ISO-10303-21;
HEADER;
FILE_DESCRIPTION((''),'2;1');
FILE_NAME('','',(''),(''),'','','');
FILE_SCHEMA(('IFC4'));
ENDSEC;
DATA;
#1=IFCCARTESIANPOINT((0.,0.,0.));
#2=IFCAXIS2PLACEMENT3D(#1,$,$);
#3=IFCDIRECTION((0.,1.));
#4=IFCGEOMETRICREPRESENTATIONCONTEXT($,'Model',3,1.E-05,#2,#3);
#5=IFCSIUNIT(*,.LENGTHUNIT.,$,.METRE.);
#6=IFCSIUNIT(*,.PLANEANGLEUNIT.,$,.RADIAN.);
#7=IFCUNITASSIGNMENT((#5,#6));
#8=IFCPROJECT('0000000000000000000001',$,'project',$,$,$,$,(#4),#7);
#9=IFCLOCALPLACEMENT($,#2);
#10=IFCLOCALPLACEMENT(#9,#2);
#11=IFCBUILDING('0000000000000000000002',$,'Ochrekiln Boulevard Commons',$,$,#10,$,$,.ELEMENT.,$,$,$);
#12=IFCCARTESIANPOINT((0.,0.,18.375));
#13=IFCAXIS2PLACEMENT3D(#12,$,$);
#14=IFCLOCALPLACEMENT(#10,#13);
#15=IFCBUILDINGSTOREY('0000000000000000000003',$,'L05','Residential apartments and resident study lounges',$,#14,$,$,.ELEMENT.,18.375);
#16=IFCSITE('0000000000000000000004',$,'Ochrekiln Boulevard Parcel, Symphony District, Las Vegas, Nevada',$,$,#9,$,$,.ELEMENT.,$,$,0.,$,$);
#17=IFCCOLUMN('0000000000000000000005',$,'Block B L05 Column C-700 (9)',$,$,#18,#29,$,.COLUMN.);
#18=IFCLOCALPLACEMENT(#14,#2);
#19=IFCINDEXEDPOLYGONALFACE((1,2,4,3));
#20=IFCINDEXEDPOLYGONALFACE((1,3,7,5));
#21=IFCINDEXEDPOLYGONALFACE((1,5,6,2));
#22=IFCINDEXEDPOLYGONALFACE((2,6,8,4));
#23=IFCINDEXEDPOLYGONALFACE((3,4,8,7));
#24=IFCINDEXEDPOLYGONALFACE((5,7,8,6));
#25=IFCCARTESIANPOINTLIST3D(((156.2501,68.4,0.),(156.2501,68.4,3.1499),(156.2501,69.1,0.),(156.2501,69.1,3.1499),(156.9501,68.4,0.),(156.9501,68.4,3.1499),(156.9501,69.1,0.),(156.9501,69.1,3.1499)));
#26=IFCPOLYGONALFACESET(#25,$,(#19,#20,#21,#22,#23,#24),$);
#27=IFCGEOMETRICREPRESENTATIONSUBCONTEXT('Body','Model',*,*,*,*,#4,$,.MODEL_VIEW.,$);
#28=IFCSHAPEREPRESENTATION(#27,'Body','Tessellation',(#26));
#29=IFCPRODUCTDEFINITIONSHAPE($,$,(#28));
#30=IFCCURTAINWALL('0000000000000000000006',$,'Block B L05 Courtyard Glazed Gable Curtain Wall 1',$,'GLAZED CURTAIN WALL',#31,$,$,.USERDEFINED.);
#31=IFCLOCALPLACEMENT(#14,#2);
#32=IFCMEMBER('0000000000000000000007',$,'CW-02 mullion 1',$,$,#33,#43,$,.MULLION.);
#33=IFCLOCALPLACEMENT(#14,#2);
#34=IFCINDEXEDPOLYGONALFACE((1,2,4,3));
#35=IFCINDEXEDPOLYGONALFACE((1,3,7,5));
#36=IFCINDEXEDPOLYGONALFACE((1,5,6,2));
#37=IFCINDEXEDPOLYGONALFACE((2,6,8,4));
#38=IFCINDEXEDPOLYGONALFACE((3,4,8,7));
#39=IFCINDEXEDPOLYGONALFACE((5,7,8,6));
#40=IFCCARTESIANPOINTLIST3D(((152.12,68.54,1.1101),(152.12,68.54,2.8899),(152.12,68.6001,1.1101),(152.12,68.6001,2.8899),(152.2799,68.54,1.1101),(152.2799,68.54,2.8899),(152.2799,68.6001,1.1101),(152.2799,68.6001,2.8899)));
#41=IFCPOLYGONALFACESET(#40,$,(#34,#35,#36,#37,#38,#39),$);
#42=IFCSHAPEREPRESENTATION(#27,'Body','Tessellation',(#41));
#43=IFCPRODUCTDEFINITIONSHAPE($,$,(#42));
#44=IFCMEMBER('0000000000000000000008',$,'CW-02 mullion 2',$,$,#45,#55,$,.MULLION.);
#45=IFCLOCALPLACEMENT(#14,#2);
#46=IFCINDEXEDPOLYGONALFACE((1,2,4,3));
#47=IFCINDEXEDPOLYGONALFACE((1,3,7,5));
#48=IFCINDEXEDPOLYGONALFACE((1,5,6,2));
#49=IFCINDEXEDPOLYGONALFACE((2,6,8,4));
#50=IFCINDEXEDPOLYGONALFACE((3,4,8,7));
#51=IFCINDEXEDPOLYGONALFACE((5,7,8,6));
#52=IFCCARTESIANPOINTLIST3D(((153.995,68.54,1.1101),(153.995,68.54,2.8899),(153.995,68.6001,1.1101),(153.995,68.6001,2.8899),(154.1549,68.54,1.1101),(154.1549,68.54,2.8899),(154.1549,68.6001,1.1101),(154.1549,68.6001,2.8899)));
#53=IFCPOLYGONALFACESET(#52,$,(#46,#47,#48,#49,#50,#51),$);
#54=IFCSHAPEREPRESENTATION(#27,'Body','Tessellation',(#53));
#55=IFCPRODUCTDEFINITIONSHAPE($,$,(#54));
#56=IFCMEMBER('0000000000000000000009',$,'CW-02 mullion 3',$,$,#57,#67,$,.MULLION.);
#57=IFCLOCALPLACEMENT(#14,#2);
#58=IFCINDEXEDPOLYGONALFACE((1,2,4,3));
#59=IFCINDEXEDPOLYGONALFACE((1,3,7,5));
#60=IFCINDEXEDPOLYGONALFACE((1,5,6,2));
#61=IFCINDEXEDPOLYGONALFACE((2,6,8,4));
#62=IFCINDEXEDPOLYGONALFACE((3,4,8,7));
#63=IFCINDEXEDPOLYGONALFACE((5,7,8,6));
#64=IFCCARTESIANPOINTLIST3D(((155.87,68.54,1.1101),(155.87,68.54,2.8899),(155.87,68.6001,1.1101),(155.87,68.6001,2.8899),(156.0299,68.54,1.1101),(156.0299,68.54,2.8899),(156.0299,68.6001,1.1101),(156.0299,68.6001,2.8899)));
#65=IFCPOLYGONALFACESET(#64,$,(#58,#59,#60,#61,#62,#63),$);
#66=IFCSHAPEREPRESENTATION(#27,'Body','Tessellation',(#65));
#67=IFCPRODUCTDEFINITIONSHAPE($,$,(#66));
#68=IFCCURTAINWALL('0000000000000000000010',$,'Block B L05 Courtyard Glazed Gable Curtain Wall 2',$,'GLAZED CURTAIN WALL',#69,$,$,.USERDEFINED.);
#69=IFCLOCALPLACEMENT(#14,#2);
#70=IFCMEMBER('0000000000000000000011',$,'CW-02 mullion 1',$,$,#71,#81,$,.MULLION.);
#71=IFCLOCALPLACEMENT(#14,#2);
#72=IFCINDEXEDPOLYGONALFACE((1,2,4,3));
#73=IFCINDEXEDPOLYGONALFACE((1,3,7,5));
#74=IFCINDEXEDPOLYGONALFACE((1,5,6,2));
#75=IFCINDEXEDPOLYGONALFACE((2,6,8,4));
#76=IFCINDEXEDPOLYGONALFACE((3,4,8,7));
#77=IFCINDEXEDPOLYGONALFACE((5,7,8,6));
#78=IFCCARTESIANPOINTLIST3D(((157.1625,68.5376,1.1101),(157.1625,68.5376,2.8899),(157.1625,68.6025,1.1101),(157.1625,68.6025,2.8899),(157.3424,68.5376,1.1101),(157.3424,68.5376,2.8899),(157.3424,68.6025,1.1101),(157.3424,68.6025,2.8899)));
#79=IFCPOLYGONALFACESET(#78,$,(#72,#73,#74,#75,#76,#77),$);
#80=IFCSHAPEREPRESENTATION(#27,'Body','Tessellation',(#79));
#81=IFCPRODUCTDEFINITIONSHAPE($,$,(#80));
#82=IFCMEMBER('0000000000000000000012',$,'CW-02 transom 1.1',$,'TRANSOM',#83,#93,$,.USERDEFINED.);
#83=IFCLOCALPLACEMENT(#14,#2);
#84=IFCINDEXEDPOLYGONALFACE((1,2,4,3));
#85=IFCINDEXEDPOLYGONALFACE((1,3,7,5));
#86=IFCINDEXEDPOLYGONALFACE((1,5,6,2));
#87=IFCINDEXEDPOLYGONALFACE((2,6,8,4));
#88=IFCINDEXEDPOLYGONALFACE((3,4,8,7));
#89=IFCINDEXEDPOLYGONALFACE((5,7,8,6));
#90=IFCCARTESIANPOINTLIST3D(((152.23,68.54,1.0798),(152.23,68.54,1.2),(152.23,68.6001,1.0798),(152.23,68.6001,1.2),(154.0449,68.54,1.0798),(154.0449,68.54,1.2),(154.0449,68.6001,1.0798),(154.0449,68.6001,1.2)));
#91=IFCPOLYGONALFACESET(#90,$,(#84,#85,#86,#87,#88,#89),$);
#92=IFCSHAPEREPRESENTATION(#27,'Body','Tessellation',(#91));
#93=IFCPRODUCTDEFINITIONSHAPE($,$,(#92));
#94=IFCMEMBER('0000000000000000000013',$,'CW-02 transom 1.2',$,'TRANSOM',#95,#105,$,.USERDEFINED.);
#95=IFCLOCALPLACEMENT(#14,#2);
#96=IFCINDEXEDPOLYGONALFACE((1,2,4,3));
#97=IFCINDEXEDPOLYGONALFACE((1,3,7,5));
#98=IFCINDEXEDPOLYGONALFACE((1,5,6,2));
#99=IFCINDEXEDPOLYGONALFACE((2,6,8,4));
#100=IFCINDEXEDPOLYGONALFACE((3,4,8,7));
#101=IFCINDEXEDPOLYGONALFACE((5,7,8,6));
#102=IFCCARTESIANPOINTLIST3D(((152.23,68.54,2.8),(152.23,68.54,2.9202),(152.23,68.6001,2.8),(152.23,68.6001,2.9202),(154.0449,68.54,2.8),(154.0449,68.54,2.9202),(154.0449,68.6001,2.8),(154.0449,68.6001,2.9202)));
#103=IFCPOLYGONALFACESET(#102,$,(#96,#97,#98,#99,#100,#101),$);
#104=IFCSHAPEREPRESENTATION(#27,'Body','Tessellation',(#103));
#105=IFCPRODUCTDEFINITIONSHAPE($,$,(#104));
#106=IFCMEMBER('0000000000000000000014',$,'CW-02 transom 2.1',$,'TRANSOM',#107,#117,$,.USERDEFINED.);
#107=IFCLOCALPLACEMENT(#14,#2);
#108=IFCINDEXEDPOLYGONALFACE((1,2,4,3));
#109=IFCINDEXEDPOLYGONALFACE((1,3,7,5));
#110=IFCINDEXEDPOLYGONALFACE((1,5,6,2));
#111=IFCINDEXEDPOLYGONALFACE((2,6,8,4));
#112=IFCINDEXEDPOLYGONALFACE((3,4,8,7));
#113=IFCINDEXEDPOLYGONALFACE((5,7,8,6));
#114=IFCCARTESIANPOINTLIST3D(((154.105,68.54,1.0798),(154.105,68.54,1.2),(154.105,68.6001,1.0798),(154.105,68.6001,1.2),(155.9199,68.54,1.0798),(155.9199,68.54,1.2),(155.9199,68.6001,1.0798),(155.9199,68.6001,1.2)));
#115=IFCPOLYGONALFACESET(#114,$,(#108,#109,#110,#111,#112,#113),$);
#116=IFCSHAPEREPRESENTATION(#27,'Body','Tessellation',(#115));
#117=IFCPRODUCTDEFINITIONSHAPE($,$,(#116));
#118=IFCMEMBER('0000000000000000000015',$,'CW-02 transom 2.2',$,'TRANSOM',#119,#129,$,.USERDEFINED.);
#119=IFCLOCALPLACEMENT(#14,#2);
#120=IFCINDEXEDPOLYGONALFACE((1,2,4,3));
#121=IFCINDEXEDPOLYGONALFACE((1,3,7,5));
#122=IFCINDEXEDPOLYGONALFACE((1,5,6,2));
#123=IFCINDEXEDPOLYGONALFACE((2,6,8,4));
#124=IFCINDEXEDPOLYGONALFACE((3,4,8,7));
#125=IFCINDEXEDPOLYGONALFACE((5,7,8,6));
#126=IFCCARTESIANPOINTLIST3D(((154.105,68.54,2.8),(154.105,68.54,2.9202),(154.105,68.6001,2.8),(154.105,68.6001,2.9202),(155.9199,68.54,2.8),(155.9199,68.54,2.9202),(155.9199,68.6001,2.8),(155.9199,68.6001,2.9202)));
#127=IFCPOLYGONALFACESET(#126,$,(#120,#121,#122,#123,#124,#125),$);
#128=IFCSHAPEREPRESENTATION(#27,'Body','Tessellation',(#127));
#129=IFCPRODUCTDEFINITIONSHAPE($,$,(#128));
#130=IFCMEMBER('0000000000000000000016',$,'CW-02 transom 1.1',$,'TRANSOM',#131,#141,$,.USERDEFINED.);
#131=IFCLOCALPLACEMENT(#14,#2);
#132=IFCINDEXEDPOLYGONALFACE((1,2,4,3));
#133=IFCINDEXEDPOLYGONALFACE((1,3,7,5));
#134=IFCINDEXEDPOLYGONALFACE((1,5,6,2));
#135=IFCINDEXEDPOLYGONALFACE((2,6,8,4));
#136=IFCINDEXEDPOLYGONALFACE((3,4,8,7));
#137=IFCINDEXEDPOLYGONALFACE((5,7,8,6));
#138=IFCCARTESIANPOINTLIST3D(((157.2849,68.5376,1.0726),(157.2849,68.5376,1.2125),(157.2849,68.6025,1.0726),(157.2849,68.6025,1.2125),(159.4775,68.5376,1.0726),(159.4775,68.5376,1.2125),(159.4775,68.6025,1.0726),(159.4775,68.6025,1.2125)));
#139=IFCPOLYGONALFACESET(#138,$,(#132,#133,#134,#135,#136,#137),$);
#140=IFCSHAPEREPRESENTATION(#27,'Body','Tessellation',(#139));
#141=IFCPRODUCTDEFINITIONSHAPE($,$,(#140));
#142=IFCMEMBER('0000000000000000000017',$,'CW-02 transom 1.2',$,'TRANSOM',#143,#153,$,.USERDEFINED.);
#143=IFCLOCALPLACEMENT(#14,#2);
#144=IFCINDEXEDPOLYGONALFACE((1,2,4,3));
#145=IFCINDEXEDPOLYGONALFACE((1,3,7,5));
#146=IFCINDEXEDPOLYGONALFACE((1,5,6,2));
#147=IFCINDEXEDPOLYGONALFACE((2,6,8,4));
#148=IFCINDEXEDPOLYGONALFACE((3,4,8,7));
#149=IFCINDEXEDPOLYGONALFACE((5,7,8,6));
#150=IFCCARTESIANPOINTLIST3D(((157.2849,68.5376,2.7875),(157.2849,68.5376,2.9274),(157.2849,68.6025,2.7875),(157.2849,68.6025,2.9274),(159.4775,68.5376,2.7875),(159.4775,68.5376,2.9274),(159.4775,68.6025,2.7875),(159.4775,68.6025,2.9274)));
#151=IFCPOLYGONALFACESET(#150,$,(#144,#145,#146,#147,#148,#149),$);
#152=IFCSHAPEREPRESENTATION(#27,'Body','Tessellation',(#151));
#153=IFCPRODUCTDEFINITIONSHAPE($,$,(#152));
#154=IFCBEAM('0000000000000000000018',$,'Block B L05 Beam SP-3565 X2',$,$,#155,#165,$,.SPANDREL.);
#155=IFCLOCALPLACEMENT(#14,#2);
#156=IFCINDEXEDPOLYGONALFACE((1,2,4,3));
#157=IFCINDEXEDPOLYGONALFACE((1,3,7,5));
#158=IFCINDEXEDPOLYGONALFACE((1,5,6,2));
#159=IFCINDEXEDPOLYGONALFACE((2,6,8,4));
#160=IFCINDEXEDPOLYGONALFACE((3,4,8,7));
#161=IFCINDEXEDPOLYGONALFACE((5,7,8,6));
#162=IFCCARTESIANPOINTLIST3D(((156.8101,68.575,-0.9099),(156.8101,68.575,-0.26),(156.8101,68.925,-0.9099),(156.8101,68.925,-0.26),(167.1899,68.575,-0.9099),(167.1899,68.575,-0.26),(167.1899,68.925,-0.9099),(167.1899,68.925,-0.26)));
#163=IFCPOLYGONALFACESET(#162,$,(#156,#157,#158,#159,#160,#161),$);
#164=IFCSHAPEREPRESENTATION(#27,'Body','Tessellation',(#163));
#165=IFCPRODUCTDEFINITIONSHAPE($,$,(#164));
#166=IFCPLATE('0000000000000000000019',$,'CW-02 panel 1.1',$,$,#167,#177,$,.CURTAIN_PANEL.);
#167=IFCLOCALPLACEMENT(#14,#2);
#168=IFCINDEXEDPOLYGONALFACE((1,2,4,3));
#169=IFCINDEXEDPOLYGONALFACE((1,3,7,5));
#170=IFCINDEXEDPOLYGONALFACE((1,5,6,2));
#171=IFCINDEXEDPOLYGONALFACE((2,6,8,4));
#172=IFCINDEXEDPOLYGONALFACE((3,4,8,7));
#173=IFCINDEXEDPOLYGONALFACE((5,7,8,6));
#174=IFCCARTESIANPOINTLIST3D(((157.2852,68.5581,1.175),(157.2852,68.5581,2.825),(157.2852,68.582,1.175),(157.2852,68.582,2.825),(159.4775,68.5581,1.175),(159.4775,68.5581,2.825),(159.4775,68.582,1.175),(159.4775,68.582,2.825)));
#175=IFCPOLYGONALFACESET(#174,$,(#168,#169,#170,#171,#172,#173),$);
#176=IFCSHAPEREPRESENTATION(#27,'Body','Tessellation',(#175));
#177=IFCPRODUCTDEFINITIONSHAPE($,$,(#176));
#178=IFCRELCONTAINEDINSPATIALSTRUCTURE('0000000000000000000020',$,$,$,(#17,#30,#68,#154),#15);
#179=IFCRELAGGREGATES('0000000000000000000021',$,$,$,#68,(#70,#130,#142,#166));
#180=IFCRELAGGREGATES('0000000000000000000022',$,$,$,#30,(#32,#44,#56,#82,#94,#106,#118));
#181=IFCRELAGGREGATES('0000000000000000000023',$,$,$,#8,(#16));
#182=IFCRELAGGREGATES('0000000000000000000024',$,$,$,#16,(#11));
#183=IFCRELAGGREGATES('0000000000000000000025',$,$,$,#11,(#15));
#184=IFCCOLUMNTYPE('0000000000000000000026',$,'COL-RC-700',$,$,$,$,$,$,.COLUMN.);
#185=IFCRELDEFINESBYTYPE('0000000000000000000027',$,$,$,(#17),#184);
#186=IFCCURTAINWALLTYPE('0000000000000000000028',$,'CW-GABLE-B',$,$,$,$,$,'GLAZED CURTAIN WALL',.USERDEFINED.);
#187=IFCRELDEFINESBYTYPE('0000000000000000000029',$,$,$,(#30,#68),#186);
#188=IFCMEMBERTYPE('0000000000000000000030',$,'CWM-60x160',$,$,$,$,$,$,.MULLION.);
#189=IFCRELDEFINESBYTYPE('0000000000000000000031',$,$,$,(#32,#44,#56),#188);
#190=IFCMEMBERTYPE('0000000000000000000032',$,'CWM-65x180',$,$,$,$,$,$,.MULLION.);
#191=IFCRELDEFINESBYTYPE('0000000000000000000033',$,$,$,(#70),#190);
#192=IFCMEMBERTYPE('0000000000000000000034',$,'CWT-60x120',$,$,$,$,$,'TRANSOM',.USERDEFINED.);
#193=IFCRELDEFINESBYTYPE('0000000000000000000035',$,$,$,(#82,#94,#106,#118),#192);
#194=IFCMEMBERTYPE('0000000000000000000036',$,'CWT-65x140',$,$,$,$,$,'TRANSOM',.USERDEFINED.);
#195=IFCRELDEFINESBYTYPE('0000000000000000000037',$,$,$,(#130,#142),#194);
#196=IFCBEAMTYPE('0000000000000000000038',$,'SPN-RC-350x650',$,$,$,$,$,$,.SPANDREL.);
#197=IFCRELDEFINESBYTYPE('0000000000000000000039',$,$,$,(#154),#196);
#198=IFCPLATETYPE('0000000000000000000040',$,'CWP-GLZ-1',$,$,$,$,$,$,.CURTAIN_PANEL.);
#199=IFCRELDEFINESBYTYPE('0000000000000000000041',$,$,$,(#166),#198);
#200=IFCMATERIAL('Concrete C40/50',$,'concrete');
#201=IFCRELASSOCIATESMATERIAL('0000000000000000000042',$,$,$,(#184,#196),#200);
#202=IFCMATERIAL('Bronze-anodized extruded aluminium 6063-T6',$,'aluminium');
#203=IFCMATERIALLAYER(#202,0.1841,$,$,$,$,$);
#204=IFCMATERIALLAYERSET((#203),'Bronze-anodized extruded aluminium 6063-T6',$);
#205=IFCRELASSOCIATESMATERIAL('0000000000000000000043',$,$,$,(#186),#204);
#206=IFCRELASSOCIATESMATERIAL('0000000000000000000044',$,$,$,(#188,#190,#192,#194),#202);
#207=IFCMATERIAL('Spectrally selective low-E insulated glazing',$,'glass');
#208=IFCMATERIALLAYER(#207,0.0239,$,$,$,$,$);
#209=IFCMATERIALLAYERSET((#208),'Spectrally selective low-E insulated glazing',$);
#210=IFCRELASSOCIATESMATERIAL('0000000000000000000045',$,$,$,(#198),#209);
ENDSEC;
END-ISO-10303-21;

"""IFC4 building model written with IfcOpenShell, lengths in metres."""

from ifc_helpers import new_model, si_unit, direction, frame, origin, origin_2d, place, context, subcontext, project, spatial, rectangle, extrude, material, layer, layer_set, material_profile, profile_set, type_object, element, aggregate, save


model = new_model("IFC4")

# Units and contexts
model_context = context("Model", 3, precision=1e-05, world=origin(), true_north=direction((0.0, 1.0)))
body_context = subcontext(model_context, "Body", "Model", "MODEL_VIEW")
ifc_project = project(units=[si_unit("LENGTHUNIT", "METRE"), si_unit("PLANEANGLEUNIT", "RADIAN")], contexts=[model_context])

# Site, building, storey
site_placement = place(None, origin())
site = spatial("IfcSite", under=ifc_project, at=site_placement, Name="Ochrekiln Boulevard Parcel, Symphony District, Las Vegas, Nevada", CompositionType="ELEMENT", RefElevation=0.0)
building_placement = place(site_placement, origin())
building = spatial("IfcBuilding", under=site, at=building_placement, Name="Ochrekiln Boulevard Commons", CompositionType="ELEMENT")
storey_placement = place(building_placement, frame((0.0, 0.0, 18.375)))
storey = spatial("IfcBuildingStorey", under=building, at=storey_placement, Name="L05", Description="Residential apartments and resident study lounges", CompositionType="ELEMENT", Elevation=18.375)

# Column
ifc_material_1 = material(Name="Concrete C40/50", Category="concrete")
ifc_material_profile_1 = material_profile(ifc_material_1, rectangle(XDim=0.7, YDim=0.7, at=origin_2d()), Name="RC-COL-700x700")
ifc_profile_set_1 = profile_set([ifc_material_profile_1], Name="Concrete C40/50")
column_type = type_object("IfcColumnType", Name="COL-RC-700", PredefinedType="COLUMN", material=ifc_profile_set_1)
column_placement = place(storey_placement, frame((156.6001, 68.75, 0.0), z_axis=(0.0, 0.0, 1.0), x_axis=(1.0, 0.0, 0.0)))
element("IfcColumn", 1, at=column_placement, inside=storey, type_object=column_type, Name="Block B L05 Column C-700 (9)", PredefinedType="COLUMN", context=body_context, shape_type="SweptSolid", body=[
    extrude(rectangle(XDim=0.7, YDim=0.7, at=origin_2d()), origin(), (0.0, 0.0, 1.0), 3.1499),
])

# Curtain wall, members
ifc_material_2 = material(Name="Bronze-anodized extruded aluminium 6063-T6", Category="aluminium")
ifc_layer_1 = layer(ifc_material_2, 0.1841)
ifc_layer_set_1 = layer_set([ifc_layer_1], Name="Bronze-anodized extruded aluminium 6063-T6")
curtain_wall_type = type_object("IfcCurtainWallType", Name="CW-GABLE-B", ElementType="GLAZED CURTAIN WALL", PredefinedType="USERDEFINED", material=ifc_layer_set_1)
curtain_wall_1_placement = place(storey_placement, origin())
curtain_wall_1 = element("IfcCurtainWall", 2, at=curtain_wall_1_placement, inside=storey, type_object=curtain_wall_type, Name="Block B L05 Courtyard Glazed Gable Curtain Wall 1", ObjectType="GLAZED CURTAIN WALL", PredefinedType="USERDEFINED")
ifc_material_profile_2 = material_profile(ifc_material_2, rectangle(XDim=0.0601, YDim=0.1599, at=origin_2d()), Name="ALU-MUL-60x160")
ifc_profile_set_2 = profile_set([ifc_material_profile_2], Name="Bronze-anodized extruded aluminium 6063-T6")
member_type_1 = type_object("IfcMemberType", Name="CWM-60x160", PredefinedType="MULLION", material=ifc_profile_set_2)
member_1_placement = place(storey_placement, frame((152.2, 68.5701, 1.1101), z_axis=(0.0, 0.0, 1.0), x_axis=(0.0, 1.0, 0.0)))
member_1 = element("IfcMember", 3, at=member_1_placement, type_object=member_type_1, Name="CW-02 mullion 1", PredefinedType="MULLION", context=body_context, shape_type="SweptSolid", body=[
    extrude(rectangle(XDim=0.0601, YDim=0.1599, at=origin_2d()), origin(), (0.0, 0.0, 1.0), 1.7798),
])
member_2_placement = place(storey_placement, frame((154.075, 68.5701, 1.1101), z_axis=(0.0, 0.0, 1.0), x_axis=(0.0, 1.0, 0.0)))
member_2 = element("IfcMember", 4, at=member_2_placement, type_object=member_type_1, Name="CW-02 mullion 2", PredefinedType="MULLION", context=body_context, shape_type="SweptSolid", body=[
    extrude(rectangle(XDim=0.0601, YDim=0.1599, at=origin_2d()), origin(), (0.0, 0.0, 1.0), 1.7798),
])
member_3_placement = place(storey_placement, frame((155.95, 68.5701, 1.1101), z_axis=(0.0, 0.0, 1.0), x_axis=(0.0, 1.0, 0.0)))
member_3 = element("IfcMember", 5, at=member_3_placement, type_object=member_type_1, Name="CW-02 mullion 3", PredefinedType="MULLION", context=body_context, shape_type="SweptSolid", body=[
    extrude(rectangle(XDim=0.0601, YDim=0.1599, at=origin_2d()), origin(), (0.0, 0.0, 1.0), 1.7798),
])

# Curtain wall, member
curtain_wall_2_placement = place(storey_placement, origin())
curtain_wall_2 = element("IfcCurtainWall", 6, at=curtain_wall_2_placement, inside=storey, type_object=curtain_wall_type, Name="Block B L05 Courtyard Glazed Gable Curtain Wall 2", ObjectType="GLAZED CURTAIN WALL", PredefinedType="USERDEFINED")
ifc_material_profile_3 = material_profile(ifc_material_2, rectangle(XDim=0.0649, YDim=0.1799, at=origin_2d()), Name="ALU-MUL-65x180")
ifc_profile_set_3 = profile_set([ifc_material_profile_3], Name="Bronze-anodized extruded aluminium 6063-T6")
member_type_2 = type_object("IfcMemberType", Name="CWM-65x180", PredefinedType="MULLION", material=ifc_profile_set_3)
member_4_placement = place(storey_placement, frame((157.2524, 68.5701, 1.1101), z_axis=(0.0, 0.0, 1.0), x_axis=(0.0, 1.0, 0.0)))
member_4 = element("IfcMember", 7, at=member_4_placement, type_object=member_type_2, Name="CW-02 mullion 1", PredefinedType="MULLION", context=body_context, shape_type="SweptSolid", body=[
    extrude(rectangle(XDim=0.0649, YDim=0.1799, at=origin_2d()), origin(), (0.0, 0.0, 1.0), 1.7798),
])

# Members
ifc_material_profile_4 = material_profile(ifc_material_2, rectangle(XDim=0.0601, YDim=0.1201, at=origin_2d()), Name="ALU-TRN-60x120")
ifc_profile_set_4 = profile_set([ifc_material_profile_4], Name="Bronze-anodized extruded aluminium 6063-T6")
member_type_3 = type_object("IfcMemberType", Name="CWT-60x120", ElementType="TRANSOM", PredefinedType="USERDEFINED", material=ifc_profile_set_4)
member_5_placement = place(storey_placement, frame((152.23, 68.5701, 1.1399), z_axis=(1.0, 0.0, 0.0), x_axis=(0.0, 1.0, 0.0)))
member_5 = element("IfcMember", 8, at=member_5_placement, type_object=member_type_3, Name="CW-02 transom 1.1", ObjectType="TRANSOM", PredefinedType="USERDEFINED", context=body_context, shape_type="SweptSolid", body=[
    extrude(rectangle(XDim=0.0601, YDim=0.1201, at=origin_2d()), origin(), (0.0, 0.0, 1.0), 1.8149),
])
member_6_placement = place(storey_placement, frame((152.23, 68.5701, 2.8601), z_axis=(1.0, 0.0, 0.0), x_axis=(0.0, 1.0, 0.0)))
member_6 = element("IfcMember", 9, at=member_6_placement, type_object=member_type_3, Name="CW-02 transom 1.2", ObjectType="TRANSOM", PredefinedType="USERDEFINED", context=body_context, shape_type="SweptSolid", body=[
    extrude(rectangle(XDim=0.0601, YDim=0.1201, at=origin_2d()), origin(), (0.0, 0.0, 1.0), 1.8149),
])
member_7_placement = place(storey_placement, frame((154.105, 68.5701, 1.1399), z_axis=(1.0, 0.0, 0.0), x_axis=(0.0, 1.0, 0.0)))
member_7 = element("IfcMember", 10, at=member_7_placement, type_object=member_type_3, Name="CW-02 transom 2.1", ObjectType="TRANSOM", PredefinedType="USERDEFINED", context=body_context, shape_type="SweptSolid", body=[
    extrude(rectangle(XDim=0.0601, YDim=0.1201, at=origin_2d()), origin(), (0.0, 0.0, 1.0), 1.8149),
])
member_8_placement = place(storey_placement, frame((154.105, 68.5701, 2.8601), z_axis=(1.0, 0.0, 0.0), x_axis=(0.0, 1.0, 0.0)))
member_8 = element("IfcMember", 11, at=member_8_placement, type_object=member_type_3, Name="CW-02 transom 2.2", ObjectType="TRANSOM", PredefinedType="USERDEFINED", context=body_context, shape_type="SweptSolid", body=[
    extrude(rectangle(XDim=0.0601, YDim=0.1201, at=origin_2d()), origin(), (0.0, 0.0, 1.0), 1.8149),
])
ifc_material_profile_5 = material_profile(ifc_material_2, rectangle(XDim=0.0649, YDim=0.1399, at=origin_2d()), Name="ALU-TRN-65x140")
ifc_profile_set_5 = profile_set([ifc_material_profile_5], Name="Bronze-anodized extruded aluminium 6063-T6")
member_type_4 = type_object("IfcMemberType", Name="CWT-65x140", ElementType="TRANSOM", PredefinedType="USERDEFINED", material=ifc_profile_set_5)
member_9_placement = place(storey_placement, frame((157.2849, 68.5701, 1.1426), z_axis=(1.0, 0.0, 0.0), x_axis=(0.0, 1.0, 0.0)))
member_9 = element("IfcMember", 12, at=member_9_placement, type_object=member_type_4, Name="CW-02 transom 1.1", ObjectType="TRANSOM", PredefinedType="USERDEFINED", context=body_context, shape_type="SweptSolid", body=[
    extrude(rectangle(XDim=0.0649, YDim=0.1399, at=origin_2d()), origin(), (0.0, 0.0, 1.0), 2.1926),
])
member_10_placement = place(storey_placement, frame((157.2849, 68.5701, 2.8574), z_axis=(1.0, 0.0, 0.0), x_axis=(0.0, 1.0, 0.0)))
member_10 = element("IfcMember", 13, at=member_10_placement, type_object=member_type_4, Name="CW-02 transom 1.2", ObjectType="TRANSOM", PredefinedType="USERDEFINED", context=body_context, shape_type="SweptSolid", body=[
    extrude(rectangle(XDim=0.0649, YDim=0.1399, at=origin_2d()), origin(), (0.0, 0.0, 1.0), 2.1926),
])

# Beam
ifc_material_profile_6 = material_profile(ifc_material_1, rectangle(XDim=0.3501, YDim=0.6499, at=origin_2d()), Name="RC-SPN-350x650")
ifc_profile_set_6 = profile_set([ifc_material_profile_6], Name="Concrete C40/50")
beam_type = type_object("IfcBeamType", Name="SPN-RC-350x650", PredefinedType="SPANDREL", material=ifc_profile_set_6)
beam_placement = place(storey_placement, frame((156.8101, 68.75, -0.585), z_axis=(1.0, 0.0, 0.0), x_axis=(0.0, 1.0, 0.0)))
element("IfcBeam", 14, at=beam_placement, inside=storey, type_object=beam_type, Name="Block B L05 Beam SP-3565 X2", PredefinedType="SPANDREL", context=body_context, shape_type="SweptSolid", body=[
    extrude(rectangle(XDim=0.3501, YDim=0.6499, at=origin_2d()), origin(), (0.0, 0.0, 1.0), 10.3799),
])

# Plate
ifc_material_3 = material(Name="Spectrally selective low-E insulated glazing", Category="glass")
ifc_layer_2 = layer(ifc_material_3, 0.0239)
ifc_layer_set_2 = layer_set([ifc_layer_2], Name="Spectrally selective low-E insulated glazing")
plate_type_1 = type_object("IfcPlateType", Name="CWP-GLZ-1", PredefinedType="CURTAIN_PANEL", material=ifc_layer_set_2)
plate_1_placement = place(storey_placement, frame((158.3813, 68.5701, 1.175), z_axis=(0.0, 0.0, 1.0), x_axis=(1.0, 0.0, 0.0)))
plate_1 = element("IfcPlate", 15, at=plate_1_placement, type_object=plate_type_1, Name="CW-02 panel 1.1", PredefinedType="CURTAIN_PANEL", context=body_context, shape_type="SweptSolid", body=[
    extrude(rectangle(XDim=2.1924, YDim=0.0239, at=origin_2d()), origin(), (0.0, 0.0, 1.0), 1.6499),
])
aggregate(curtain_wall_2, [member_4, member_9, member_10, plate_1])
aggregate(curtain_wall_1, [member_1, member_2, member_3, member_5, member_6, member_7, member_8])

save(model, "model.ifc")
